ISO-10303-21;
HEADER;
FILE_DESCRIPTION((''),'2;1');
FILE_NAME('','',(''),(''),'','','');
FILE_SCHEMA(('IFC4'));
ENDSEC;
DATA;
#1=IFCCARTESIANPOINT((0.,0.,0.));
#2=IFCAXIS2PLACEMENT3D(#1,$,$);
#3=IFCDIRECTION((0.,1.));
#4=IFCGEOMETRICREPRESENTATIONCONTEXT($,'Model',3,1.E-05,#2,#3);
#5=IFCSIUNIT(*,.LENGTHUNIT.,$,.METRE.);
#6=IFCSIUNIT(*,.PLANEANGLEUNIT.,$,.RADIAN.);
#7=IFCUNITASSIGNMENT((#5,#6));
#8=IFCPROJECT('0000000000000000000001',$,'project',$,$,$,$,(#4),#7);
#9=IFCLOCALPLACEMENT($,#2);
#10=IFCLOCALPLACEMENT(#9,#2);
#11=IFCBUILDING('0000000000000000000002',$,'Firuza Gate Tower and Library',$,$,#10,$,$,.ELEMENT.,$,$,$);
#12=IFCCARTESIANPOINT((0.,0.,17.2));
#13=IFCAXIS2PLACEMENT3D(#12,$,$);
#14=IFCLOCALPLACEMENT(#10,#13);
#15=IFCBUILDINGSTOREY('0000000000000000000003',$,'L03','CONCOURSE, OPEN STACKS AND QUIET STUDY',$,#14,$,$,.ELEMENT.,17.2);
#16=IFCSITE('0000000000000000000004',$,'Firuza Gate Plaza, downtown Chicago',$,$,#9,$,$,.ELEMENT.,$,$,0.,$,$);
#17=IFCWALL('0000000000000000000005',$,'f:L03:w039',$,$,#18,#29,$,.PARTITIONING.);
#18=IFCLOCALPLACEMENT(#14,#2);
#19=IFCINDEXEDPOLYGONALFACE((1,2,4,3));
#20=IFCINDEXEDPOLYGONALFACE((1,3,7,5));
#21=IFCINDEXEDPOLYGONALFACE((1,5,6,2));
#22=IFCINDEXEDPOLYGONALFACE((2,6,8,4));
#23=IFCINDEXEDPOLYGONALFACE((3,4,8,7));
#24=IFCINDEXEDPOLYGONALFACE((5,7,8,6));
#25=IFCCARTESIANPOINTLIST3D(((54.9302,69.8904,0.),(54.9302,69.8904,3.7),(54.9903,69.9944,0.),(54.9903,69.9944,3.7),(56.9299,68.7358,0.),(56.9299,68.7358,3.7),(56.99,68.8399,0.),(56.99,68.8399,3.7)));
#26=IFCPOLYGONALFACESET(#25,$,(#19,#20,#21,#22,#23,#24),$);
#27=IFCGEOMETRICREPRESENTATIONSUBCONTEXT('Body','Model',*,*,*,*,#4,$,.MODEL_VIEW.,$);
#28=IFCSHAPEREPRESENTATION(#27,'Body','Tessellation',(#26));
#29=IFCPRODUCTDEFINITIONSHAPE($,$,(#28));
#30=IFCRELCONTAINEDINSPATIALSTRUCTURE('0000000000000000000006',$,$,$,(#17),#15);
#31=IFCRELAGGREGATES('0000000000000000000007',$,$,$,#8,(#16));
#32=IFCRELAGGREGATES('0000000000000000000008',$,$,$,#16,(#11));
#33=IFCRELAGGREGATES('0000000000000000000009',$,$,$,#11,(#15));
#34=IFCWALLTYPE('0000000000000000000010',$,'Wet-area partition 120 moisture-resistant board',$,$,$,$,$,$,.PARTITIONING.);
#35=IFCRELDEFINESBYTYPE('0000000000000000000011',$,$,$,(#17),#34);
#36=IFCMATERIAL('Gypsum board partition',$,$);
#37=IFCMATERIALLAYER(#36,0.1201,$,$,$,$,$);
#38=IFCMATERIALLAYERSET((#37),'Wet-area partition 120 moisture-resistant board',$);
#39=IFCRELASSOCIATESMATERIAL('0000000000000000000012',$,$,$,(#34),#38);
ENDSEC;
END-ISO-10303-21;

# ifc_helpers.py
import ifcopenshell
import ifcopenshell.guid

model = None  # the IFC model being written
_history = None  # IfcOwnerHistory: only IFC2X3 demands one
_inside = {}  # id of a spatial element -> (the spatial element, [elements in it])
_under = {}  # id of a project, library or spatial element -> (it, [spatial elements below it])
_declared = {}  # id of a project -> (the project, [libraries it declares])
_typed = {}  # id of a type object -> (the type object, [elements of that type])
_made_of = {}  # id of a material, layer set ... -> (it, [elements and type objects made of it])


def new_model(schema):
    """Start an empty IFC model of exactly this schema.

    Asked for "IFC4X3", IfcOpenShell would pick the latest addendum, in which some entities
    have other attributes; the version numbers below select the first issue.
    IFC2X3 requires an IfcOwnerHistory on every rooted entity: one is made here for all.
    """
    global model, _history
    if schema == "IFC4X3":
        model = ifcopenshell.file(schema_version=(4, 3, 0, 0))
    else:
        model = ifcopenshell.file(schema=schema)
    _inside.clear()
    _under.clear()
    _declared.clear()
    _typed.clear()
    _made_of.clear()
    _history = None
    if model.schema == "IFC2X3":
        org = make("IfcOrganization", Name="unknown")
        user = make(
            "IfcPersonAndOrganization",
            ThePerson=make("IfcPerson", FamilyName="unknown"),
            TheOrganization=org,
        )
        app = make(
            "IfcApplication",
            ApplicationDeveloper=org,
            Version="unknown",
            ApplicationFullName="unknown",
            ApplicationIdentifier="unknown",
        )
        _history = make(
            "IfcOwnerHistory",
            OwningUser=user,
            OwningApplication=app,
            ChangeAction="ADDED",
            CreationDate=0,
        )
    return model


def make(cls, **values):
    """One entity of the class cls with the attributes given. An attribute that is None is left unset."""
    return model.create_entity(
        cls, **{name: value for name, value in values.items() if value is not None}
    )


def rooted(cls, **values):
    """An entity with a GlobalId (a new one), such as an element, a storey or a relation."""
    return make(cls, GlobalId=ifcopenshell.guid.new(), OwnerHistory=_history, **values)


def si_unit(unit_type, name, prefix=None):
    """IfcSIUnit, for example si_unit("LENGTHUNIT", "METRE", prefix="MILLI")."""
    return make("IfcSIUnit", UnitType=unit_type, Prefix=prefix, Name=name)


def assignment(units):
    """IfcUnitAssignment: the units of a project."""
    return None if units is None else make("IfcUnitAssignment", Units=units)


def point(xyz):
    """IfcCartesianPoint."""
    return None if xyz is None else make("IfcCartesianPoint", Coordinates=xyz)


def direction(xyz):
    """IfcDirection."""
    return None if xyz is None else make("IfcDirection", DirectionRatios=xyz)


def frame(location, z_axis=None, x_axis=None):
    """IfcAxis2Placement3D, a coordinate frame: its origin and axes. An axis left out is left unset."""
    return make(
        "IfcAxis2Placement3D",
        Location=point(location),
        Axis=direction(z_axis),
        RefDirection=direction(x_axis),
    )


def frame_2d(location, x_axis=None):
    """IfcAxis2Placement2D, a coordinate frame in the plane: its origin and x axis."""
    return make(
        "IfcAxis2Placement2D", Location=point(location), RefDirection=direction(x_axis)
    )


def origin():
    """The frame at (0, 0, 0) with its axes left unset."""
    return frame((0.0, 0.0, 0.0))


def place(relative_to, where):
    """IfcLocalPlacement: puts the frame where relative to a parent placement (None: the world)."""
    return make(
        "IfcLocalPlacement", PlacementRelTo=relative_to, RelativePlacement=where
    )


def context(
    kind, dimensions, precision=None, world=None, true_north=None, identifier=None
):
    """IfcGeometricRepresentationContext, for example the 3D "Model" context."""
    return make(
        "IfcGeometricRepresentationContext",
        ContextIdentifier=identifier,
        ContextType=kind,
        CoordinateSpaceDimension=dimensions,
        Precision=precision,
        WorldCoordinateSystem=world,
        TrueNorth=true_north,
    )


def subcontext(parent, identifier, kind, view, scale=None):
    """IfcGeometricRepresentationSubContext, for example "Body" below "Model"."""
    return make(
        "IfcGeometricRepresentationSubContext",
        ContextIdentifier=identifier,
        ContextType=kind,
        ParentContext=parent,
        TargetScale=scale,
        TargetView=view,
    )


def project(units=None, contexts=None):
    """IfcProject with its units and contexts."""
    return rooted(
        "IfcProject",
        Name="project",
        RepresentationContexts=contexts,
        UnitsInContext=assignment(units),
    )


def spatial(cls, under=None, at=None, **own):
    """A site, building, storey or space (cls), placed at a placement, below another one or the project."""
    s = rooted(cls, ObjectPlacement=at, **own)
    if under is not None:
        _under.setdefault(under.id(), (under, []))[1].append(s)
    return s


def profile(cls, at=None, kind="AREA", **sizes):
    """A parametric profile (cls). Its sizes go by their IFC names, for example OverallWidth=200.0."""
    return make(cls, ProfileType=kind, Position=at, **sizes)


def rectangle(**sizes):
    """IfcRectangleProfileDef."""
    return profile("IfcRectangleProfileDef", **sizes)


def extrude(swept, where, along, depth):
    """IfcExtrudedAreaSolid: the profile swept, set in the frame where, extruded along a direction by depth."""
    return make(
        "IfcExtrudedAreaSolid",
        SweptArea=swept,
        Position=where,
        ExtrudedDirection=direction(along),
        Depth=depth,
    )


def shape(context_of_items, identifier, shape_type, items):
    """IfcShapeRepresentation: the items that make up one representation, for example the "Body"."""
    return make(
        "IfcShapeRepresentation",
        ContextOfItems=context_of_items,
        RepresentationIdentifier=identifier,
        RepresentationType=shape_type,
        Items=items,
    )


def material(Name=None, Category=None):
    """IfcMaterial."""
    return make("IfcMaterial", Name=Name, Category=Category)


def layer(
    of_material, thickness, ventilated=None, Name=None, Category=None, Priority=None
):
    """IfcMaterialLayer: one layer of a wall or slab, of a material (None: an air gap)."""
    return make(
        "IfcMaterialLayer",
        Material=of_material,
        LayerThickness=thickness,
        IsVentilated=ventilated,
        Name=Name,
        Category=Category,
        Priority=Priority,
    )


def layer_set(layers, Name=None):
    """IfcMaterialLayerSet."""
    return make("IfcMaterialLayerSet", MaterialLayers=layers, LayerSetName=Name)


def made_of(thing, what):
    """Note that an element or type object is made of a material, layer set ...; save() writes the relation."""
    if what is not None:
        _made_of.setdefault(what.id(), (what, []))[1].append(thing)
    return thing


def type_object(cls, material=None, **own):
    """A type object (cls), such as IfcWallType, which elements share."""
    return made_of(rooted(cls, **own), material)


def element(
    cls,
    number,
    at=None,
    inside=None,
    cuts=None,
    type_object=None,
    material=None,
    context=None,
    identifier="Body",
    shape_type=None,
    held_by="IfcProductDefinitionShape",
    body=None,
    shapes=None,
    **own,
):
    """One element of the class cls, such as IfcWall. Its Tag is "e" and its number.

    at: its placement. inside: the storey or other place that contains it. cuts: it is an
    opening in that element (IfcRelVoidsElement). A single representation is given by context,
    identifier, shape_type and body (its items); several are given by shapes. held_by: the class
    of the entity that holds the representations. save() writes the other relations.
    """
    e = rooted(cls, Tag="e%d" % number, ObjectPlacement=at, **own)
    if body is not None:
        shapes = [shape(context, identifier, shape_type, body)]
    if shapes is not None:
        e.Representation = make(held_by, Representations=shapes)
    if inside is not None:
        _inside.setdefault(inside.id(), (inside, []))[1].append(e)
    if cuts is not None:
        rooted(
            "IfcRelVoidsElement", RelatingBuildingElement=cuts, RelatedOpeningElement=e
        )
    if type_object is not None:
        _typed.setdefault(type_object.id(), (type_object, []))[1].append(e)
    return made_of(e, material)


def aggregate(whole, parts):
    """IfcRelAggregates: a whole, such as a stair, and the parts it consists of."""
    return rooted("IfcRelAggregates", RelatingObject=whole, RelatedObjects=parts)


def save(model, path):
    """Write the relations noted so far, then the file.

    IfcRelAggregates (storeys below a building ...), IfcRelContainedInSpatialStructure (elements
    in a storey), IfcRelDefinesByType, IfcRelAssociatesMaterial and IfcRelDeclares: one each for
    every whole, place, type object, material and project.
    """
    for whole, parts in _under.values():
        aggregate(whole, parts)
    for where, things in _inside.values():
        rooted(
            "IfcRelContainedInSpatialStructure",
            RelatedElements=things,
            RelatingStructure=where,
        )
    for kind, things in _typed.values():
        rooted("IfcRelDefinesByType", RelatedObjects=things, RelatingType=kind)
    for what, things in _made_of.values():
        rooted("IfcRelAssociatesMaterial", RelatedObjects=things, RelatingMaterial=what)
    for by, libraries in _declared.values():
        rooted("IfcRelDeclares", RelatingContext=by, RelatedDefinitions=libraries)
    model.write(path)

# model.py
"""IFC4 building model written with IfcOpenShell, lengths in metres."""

from ifc_helpers import new_model, si_unit, direction, frame, frame_2d, origin, place, context, subcontext, project, spatial, rectangle, extrude, material, layer, layer_set, type_object, element, save


model = new_model("IFC4")

# Units and contexts
model_context = context("Model", 3, precision=1e-05, world=origin(), true_north=direction((0.0, 1.0)))
body_context = subcontext(model_context, "Body", "Model", "MODEL_VIEW")
ifc_project = project(units=[si_unit("LENGTHUNIT", "METRE"), si_unit("PLANEANGLEUNIT", "RADIAN")], contexts=[model_context])

# Site, building, storey
site_placement = place(None, origin())
site = spatial("IfcSite", under=ifc_project, at=site_placement, Name="Firuza Gate Plaza, downtown Chicago", CompositionType="ELEMENT", RefElevation=0.0)
building_placement = place(site_placement, origin())
building = spatial("IfcBuilding", under=site, at=building_placement, Name="Firuza Gate Tower and Library", CompositionType="ELEMENT")
storey_placement = place(building_placement, frame((0.0, 0.0, 17.2)))
storey = spatial("IfcBuildingStorey", under=building, at=storey_placement, Name="L03", Description="CONCOURSE, OPEN STACKS AND QUIET STUDY", CompositionType="ELEMENT", Elevation=17.2)

# Wall
ifc_material_1 = material(Name="Gypsum board partition")
ifc_layer_1 = layer(ifc_material_1, 0.1201)
ifc_layer_set_1 = layer_set([ifc_layer_1], Name="Wet-area partition 120 moisture-resistant board")
wall_type_1 = type_object("IfcWallType", Name="Wet-area partition 120 moisture-resistant board", PredefinedType="PARTITIONING", material=ifc_layer_set_1)
wall_1_placement = place(storey_placement, frame((56.96, 68.7878, 0.0), z_axis=(0.0, 0.0, 1.0), x_axis=(-0.866029, 0.499994, 0.0)))
element("IfcWall", 1, at=wall_1_placement, inside=storey, type_object=wall_type_1, Name="f:L03:w039", PredefinedType="PARTITIONING", context=body_context, shape_type="SweptSolid", body=[
    extrude(rectangle(XDim=2.3091, YDim=0.1201, at=frame_2d((1.1545, 0.0))), origin(), (0.0, 0.0, 1.0), 3.7),
])

save(model, "model.ifc")
